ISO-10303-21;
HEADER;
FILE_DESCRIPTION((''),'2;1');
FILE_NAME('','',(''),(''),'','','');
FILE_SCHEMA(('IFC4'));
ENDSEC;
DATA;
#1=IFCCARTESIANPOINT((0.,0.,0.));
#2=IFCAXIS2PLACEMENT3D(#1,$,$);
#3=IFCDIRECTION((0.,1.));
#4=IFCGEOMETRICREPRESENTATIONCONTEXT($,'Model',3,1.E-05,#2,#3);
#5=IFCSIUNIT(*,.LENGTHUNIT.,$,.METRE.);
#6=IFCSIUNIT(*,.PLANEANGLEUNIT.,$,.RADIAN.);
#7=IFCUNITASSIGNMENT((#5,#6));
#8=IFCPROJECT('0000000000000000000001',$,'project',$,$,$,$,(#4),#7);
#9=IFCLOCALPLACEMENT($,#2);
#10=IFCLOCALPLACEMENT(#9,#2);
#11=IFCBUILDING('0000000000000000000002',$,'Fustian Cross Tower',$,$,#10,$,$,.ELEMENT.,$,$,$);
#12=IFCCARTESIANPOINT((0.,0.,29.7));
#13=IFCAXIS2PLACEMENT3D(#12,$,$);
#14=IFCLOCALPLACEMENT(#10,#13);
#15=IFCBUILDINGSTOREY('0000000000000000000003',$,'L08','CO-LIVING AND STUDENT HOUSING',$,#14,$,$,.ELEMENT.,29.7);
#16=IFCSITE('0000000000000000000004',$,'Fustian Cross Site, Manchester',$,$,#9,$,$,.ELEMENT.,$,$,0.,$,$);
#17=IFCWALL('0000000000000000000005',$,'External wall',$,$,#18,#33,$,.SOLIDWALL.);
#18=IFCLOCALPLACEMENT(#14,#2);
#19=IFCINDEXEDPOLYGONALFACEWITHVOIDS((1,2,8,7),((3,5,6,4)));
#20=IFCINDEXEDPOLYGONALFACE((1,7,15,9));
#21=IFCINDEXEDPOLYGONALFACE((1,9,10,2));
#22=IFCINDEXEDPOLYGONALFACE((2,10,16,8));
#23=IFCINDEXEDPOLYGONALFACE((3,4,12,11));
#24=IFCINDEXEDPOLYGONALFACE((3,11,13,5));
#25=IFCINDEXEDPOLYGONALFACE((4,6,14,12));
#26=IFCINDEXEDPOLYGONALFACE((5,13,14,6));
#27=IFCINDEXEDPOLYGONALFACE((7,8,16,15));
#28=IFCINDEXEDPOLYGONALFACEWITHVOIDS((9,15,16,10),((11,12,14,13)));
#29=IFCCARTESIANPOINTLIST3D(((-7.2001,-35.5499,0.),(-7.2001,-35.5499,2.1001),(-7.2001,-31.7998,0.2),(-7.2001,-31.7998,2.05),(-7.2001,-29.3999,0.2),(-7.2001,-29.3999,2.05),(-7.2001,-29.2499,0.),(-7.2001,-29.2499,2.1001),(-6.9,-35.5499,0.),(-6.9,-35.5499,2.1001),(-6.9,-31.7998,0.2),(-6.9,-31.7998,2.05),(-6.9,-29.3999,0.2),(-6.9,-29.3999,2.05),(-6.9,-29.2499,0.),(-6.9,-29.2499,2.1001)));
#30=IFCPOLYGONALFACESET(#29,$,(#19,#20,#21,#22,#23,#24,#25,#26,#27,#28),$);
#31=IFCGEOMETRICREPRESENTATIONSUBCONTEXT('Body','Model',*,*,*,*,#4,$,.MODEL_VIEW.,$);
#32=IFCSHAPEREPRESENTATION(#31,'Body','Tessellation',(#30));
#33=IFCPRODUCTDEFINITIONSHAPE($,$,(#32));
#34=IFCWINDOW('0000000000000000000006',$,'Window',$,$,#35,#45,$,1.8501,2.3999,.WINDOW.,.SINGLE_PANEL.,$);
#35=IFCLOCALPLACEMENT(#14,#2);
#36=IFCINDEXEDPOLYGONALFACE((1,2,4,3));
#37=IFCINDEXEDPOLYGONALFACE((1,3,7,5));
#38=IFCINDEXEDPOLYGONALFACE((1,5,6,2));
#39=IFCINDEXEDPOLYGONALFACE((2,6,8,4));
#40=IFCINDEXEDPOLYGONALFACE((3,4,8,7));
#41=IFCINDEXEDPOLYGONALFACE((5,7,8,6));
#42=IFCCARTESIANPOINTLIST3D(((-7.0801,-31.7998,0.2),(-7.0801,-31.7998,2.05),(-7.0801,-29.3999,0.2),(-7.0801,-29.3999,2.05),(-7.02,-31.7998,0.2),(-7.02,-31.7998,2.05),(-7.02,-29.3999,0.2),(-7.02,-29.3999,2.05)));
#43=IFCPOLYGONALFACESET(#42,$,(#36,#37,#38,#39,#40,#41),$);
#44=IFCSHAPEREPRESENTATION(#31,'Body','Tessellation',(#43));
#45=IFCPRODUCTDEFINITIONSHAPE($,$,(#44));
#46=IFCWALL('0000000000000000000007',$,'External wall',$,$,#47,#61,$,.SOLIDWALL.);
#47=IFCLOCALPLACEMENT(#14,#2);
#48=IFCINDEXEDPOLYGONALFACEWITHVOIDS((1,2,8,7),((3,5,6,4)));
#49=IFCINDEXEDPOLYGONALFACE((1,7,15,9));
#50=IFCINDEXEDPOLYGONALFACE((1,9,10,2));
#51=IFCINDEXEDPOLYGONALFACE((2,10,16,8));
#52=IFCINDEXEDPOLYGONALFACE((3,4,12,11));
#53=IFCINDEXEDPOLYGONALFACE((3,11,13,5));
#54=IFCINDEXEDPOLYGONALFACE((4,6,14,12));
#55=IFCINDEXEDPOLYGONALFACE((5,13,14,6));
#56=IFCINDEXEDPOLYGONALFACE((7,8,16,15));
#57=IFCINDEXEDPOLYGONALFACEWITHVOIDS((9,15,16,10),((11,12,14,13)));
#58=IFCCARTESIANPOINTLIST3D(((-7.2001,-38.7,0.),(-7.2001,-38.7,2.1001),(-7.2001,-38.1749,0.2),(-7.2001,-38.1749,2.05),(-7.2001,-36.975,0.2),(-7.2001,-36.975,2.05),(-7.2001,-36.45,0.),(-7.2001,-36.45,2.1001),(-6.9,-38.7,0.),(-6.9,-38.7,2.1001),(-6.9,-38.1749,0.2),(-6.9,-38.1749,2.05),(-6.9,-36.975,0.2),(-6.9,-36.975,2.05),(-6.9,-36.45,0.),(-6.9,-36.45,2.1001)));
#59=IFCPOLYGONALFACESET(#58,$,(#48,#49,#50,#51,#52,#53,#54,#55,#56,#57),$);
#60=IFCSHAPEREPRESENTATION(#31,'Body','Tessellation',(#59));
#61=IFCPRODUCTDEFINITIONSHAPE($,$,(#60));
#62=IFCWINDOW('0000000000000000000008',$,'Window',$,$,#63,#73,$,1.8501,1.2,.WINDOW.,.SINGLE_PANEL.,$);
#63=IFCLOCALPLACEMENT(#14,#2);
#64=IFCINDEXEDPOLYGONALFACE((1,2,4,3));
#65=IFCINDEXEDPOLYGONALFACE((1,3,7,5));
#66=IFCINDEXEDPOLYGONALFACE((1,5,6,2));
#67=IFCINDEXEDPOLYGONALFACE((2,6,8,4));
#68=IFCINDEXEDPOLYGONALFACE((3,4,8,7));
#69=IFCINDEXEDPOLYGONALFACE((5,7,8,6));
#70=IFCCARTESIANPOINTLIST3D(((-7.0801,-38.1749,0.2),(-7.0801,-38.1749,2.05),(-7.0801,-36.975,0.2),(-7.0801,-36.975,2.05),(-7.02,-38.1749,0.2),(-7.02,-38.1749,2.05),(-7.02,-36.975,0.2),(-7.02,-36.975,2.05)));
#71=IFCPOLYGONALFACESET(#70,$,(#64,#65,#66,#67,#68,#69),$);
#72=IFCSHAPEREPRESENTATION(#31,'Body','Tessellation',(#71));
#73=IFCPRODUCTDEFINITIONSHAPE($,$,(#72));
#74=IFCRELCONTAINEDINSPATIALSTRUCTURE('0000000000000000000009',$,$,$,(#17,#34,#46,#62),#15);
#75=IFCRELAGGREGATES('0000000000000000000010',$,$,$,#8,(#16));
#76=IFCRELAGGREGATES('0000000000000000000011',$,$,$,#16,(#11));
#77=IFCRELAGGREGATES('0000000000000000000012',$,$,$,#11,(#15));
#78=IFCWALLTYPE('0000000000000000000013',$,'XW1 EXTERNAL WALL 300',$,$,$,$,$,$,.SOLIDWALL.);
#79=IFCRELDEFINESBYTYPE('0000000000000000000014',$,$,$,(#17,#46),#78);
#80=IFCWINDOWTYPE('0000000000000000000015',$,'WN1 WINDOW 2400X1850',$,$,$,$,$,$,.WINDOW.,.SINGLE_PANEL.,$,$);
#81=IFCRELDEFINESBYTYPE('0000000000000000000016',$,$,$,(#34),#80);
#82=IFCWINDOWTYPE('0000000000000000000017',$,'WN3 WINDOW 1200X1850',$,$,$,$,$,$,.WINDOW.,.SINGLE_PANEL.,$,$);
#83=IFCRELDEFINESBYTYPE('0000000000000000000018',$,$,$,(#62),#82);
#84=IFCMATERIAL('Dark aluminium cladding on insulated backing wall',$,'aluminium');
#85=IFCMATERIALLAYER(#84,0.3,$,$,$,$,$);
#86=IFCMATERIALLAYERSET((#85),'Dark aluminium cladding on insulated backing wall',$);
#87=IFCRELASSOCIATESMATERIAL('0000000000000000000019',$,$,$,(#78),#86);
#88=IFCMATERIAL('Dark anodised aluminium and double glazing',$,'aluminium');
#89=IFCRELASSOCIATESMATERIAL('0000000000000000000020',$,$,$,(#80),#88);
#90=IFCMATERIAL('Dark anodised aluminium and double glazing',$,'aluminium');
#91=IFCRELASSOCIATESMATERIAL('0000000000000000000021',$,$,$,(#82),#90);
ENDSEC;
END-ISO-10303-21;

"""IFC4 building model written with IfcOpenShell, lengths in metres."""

from ifc_helpers import new_model, si_unit, direction, frame, frame_2d, origin, place, context, subcontext, project, spatial, rectangle, extrude, material, layer, layer_set, type_object, element, fill, save


model = new_model("IFC4")

# Units and contexts
model_context = context("Model", 3, precision=1e-05, world=origin(), true_north=direction((0.0, 1.0)))
body_context = subcontext(model_context, "Body", "Model", "MODEL_VIEW")
ifc_project = project(units=[si_unit("LENGTHUNIT", "METRE"), si_unit("PLANEANGLEUNIT", "RADIAN")], contexts=[model_context])

# Site, building, storey
site_placement = place(None, origin())
site = spatial("IfcSite", under=ifc_project, at=site_placement, Name="Fustian Cross Site, Manchester", CompositionType="ELEMENT", RefElevation=0.0)
building_placement = place(site_placement, origin())
building = spatial("IfcBuilding", under=site, at=building_placement, Name="Fustian Cross Tower", CompositionType="ELEMENT")
storey_placement = place(building_placement, frame((0.0, 0.0, 29.7)))
storey = spatial("IfcBuildingStorey", under=building, at=storey_placement, Name="L08", Description="CO-LIVING AND STUDENT HOUSING", CompositionType="ELEMENT", Elevation=29.7)

# Walls, openings, windows
ifc_material_1 = material(Name="Dark aluminium cladding on insulated backing wall", Category="aluminium")
ifc_layer_1 = layer(ifc_material_1, 0.3)
ifc_layer_set_1 = layer_set([ifc_layer_1], Name="Dark aluminium cladding on insulated backing wall")
wall_type_1 = type_object("IfcWallType", Name="XW1 EXTERNAL WALL 300", PredefinedType="SOLIDWALL", material=ifc_layer_set_1)
wall_1_placement = place(storey_placement, frame((-7.05, -29.25, 0.0), z_axis=(0.0, 0.0, 1.0), x_axis=(0.0, -1.0, 0.0)))
wall_1 = element("IfcWall", 1, at=wall_1_placement, inside=storey, type_object=wall_type_1, Name="External wall", PredefinedType="SOLIDWALL", context=body_context, shape_type="SweptSolid", body=[
    extrude(rectangle(XDim=6.3, YDim=0.3, at=frame_2d((3.1499, 0.0))), origin(), (0.0, 0.0, 1.0), 2.1001),
])
opening_1_placement = place(wall_1_placement, frame((0.1499, 0.0, 0.2)))
opening_1 = element("IfcOpeningElement", 2, at=opening_1_placement, cuts=wall_1, PredefinedType="OPENING", context=body_context, shape_type="SweptSolid", body=[
    extrude(rectangle(XDim=2.3999, YDim=1.8501, at=frame_2d((1.2, 0.925))), frame((0.0, 0.1599, 0.0), z_axis=(0.0, -1.0, 0.0), x_axis=(1.0, 0.0, 0.0)), (0.0, 0.0, 1.0), 0.3201),
])
ifc_material_2 = material(Name="Dark anodised aluminium and double glazing", Category="aluminium")
window_type_1 = type_object("IfcWindowType", Name="WN1 WINDOW 2400X1850", PartitioningType="SINGLE_PANEL", PredefinedType="WINDOW", material=ifc_material_2)
window_1_placement = place(opening_1_placement, origin())
window_1 = element("IfcWindow", 3, at=window_1_placement, inside=storey, type_object=window_type_1, Name="Window", OverallHeight=1.8501, OverallWidth=2.3999, PartitioningType="SINGLE_PANEL", PredefinedType="WINDOW", context=body_context, shape_type="SweptSolid", body=[
    extrude(rectangle(XDim=2.3999, YDim=1.8501, at=frame_2d((1.2, 0.925))), frame((0.0, 0.03, 0.0), z_axis=(0.0, -1.0, 0.0), x_axis=(1.0, 0.0, 0.0)), (0.0, 0.0, 1.0), 0.0601),
])
fill(opening_1, window_1)
wall_2_placement = place(storey_placement, frame((-7.05, -36.45, 0.0), z_axis=(0.0, 0.0, 1.0), x_axis=(0.0, -1.0, 0.0)))
wall_2 = element("IfcWall", 4, at=wall_2_placement, inside=storey, type_object=wall_type_1, Name="External wall", PredefinedType="SOLIDWALL", context=body_context, shape_type="SweptSolid", body=[
    extrude(rectangle(XDim=2.25, YDim=0.3, at=frame_2d((1.125, 0.0))), origin(), (0.0, 0.0, 1.0), 2.1001),
])
opening_2_placement = place(wall_2_placement, frame((0.5249, 0.0, 0.2)))
opening_2 = element("IfcOpeningElement", 5, at=opening_2_placement, cuts=wall_2, PredefinedType="OPENING", context=body_context, shape_type="SweptSolid", body=[
    extrude(rectangle(XDim=1.2, YDim=1.8501, at=frame_2d((0.6001, 0.925))), frame((0.0, 0.1599, 0.0), z_axis=(0.0, -1.0, 0.0), x_axis=(1.0, 0.0, 0.0)), (0.0, 0.0, 1.0), 0.3201),
])
ifc_material_3 = material(Name="Dark anodised aluminium and double glazing", Category="aluminium")
window_type_2 = type_object("IfcWindowType", Name="WN3 WINDOW 1200X1850", PartitioningType="SINGLE_PANEL", PredefinedType="WINDOW", material=ifc_material_3)
window_2_placement = place(opening_2_placement, origin())
window_2 = element("IfcWindow", 6, at=window_2_placement, inside=storey, type_object=window_type_2, Name="Window", OverallHeight=1.8501, OverallWidth=1.2, PartitioningType="SINGLE_PANEL", PredefinedType="WINDOW", context=body_context, shape_type="SweptSolid", body=[
    extrude(rectangle(XDim=1.2, YDim=1.8501, at=frame_2d((0.6001, 0.925))), frame((0.0, 0.03, 0.0), z_axis=(0.0, -1.0, 0.0), x_axis=(1.0, 0.0, 0.0)), (0.0, 0.0, 1.0), 0.0601),
])
fill(opening_2, window_2)

save(model, "model.ifc")
